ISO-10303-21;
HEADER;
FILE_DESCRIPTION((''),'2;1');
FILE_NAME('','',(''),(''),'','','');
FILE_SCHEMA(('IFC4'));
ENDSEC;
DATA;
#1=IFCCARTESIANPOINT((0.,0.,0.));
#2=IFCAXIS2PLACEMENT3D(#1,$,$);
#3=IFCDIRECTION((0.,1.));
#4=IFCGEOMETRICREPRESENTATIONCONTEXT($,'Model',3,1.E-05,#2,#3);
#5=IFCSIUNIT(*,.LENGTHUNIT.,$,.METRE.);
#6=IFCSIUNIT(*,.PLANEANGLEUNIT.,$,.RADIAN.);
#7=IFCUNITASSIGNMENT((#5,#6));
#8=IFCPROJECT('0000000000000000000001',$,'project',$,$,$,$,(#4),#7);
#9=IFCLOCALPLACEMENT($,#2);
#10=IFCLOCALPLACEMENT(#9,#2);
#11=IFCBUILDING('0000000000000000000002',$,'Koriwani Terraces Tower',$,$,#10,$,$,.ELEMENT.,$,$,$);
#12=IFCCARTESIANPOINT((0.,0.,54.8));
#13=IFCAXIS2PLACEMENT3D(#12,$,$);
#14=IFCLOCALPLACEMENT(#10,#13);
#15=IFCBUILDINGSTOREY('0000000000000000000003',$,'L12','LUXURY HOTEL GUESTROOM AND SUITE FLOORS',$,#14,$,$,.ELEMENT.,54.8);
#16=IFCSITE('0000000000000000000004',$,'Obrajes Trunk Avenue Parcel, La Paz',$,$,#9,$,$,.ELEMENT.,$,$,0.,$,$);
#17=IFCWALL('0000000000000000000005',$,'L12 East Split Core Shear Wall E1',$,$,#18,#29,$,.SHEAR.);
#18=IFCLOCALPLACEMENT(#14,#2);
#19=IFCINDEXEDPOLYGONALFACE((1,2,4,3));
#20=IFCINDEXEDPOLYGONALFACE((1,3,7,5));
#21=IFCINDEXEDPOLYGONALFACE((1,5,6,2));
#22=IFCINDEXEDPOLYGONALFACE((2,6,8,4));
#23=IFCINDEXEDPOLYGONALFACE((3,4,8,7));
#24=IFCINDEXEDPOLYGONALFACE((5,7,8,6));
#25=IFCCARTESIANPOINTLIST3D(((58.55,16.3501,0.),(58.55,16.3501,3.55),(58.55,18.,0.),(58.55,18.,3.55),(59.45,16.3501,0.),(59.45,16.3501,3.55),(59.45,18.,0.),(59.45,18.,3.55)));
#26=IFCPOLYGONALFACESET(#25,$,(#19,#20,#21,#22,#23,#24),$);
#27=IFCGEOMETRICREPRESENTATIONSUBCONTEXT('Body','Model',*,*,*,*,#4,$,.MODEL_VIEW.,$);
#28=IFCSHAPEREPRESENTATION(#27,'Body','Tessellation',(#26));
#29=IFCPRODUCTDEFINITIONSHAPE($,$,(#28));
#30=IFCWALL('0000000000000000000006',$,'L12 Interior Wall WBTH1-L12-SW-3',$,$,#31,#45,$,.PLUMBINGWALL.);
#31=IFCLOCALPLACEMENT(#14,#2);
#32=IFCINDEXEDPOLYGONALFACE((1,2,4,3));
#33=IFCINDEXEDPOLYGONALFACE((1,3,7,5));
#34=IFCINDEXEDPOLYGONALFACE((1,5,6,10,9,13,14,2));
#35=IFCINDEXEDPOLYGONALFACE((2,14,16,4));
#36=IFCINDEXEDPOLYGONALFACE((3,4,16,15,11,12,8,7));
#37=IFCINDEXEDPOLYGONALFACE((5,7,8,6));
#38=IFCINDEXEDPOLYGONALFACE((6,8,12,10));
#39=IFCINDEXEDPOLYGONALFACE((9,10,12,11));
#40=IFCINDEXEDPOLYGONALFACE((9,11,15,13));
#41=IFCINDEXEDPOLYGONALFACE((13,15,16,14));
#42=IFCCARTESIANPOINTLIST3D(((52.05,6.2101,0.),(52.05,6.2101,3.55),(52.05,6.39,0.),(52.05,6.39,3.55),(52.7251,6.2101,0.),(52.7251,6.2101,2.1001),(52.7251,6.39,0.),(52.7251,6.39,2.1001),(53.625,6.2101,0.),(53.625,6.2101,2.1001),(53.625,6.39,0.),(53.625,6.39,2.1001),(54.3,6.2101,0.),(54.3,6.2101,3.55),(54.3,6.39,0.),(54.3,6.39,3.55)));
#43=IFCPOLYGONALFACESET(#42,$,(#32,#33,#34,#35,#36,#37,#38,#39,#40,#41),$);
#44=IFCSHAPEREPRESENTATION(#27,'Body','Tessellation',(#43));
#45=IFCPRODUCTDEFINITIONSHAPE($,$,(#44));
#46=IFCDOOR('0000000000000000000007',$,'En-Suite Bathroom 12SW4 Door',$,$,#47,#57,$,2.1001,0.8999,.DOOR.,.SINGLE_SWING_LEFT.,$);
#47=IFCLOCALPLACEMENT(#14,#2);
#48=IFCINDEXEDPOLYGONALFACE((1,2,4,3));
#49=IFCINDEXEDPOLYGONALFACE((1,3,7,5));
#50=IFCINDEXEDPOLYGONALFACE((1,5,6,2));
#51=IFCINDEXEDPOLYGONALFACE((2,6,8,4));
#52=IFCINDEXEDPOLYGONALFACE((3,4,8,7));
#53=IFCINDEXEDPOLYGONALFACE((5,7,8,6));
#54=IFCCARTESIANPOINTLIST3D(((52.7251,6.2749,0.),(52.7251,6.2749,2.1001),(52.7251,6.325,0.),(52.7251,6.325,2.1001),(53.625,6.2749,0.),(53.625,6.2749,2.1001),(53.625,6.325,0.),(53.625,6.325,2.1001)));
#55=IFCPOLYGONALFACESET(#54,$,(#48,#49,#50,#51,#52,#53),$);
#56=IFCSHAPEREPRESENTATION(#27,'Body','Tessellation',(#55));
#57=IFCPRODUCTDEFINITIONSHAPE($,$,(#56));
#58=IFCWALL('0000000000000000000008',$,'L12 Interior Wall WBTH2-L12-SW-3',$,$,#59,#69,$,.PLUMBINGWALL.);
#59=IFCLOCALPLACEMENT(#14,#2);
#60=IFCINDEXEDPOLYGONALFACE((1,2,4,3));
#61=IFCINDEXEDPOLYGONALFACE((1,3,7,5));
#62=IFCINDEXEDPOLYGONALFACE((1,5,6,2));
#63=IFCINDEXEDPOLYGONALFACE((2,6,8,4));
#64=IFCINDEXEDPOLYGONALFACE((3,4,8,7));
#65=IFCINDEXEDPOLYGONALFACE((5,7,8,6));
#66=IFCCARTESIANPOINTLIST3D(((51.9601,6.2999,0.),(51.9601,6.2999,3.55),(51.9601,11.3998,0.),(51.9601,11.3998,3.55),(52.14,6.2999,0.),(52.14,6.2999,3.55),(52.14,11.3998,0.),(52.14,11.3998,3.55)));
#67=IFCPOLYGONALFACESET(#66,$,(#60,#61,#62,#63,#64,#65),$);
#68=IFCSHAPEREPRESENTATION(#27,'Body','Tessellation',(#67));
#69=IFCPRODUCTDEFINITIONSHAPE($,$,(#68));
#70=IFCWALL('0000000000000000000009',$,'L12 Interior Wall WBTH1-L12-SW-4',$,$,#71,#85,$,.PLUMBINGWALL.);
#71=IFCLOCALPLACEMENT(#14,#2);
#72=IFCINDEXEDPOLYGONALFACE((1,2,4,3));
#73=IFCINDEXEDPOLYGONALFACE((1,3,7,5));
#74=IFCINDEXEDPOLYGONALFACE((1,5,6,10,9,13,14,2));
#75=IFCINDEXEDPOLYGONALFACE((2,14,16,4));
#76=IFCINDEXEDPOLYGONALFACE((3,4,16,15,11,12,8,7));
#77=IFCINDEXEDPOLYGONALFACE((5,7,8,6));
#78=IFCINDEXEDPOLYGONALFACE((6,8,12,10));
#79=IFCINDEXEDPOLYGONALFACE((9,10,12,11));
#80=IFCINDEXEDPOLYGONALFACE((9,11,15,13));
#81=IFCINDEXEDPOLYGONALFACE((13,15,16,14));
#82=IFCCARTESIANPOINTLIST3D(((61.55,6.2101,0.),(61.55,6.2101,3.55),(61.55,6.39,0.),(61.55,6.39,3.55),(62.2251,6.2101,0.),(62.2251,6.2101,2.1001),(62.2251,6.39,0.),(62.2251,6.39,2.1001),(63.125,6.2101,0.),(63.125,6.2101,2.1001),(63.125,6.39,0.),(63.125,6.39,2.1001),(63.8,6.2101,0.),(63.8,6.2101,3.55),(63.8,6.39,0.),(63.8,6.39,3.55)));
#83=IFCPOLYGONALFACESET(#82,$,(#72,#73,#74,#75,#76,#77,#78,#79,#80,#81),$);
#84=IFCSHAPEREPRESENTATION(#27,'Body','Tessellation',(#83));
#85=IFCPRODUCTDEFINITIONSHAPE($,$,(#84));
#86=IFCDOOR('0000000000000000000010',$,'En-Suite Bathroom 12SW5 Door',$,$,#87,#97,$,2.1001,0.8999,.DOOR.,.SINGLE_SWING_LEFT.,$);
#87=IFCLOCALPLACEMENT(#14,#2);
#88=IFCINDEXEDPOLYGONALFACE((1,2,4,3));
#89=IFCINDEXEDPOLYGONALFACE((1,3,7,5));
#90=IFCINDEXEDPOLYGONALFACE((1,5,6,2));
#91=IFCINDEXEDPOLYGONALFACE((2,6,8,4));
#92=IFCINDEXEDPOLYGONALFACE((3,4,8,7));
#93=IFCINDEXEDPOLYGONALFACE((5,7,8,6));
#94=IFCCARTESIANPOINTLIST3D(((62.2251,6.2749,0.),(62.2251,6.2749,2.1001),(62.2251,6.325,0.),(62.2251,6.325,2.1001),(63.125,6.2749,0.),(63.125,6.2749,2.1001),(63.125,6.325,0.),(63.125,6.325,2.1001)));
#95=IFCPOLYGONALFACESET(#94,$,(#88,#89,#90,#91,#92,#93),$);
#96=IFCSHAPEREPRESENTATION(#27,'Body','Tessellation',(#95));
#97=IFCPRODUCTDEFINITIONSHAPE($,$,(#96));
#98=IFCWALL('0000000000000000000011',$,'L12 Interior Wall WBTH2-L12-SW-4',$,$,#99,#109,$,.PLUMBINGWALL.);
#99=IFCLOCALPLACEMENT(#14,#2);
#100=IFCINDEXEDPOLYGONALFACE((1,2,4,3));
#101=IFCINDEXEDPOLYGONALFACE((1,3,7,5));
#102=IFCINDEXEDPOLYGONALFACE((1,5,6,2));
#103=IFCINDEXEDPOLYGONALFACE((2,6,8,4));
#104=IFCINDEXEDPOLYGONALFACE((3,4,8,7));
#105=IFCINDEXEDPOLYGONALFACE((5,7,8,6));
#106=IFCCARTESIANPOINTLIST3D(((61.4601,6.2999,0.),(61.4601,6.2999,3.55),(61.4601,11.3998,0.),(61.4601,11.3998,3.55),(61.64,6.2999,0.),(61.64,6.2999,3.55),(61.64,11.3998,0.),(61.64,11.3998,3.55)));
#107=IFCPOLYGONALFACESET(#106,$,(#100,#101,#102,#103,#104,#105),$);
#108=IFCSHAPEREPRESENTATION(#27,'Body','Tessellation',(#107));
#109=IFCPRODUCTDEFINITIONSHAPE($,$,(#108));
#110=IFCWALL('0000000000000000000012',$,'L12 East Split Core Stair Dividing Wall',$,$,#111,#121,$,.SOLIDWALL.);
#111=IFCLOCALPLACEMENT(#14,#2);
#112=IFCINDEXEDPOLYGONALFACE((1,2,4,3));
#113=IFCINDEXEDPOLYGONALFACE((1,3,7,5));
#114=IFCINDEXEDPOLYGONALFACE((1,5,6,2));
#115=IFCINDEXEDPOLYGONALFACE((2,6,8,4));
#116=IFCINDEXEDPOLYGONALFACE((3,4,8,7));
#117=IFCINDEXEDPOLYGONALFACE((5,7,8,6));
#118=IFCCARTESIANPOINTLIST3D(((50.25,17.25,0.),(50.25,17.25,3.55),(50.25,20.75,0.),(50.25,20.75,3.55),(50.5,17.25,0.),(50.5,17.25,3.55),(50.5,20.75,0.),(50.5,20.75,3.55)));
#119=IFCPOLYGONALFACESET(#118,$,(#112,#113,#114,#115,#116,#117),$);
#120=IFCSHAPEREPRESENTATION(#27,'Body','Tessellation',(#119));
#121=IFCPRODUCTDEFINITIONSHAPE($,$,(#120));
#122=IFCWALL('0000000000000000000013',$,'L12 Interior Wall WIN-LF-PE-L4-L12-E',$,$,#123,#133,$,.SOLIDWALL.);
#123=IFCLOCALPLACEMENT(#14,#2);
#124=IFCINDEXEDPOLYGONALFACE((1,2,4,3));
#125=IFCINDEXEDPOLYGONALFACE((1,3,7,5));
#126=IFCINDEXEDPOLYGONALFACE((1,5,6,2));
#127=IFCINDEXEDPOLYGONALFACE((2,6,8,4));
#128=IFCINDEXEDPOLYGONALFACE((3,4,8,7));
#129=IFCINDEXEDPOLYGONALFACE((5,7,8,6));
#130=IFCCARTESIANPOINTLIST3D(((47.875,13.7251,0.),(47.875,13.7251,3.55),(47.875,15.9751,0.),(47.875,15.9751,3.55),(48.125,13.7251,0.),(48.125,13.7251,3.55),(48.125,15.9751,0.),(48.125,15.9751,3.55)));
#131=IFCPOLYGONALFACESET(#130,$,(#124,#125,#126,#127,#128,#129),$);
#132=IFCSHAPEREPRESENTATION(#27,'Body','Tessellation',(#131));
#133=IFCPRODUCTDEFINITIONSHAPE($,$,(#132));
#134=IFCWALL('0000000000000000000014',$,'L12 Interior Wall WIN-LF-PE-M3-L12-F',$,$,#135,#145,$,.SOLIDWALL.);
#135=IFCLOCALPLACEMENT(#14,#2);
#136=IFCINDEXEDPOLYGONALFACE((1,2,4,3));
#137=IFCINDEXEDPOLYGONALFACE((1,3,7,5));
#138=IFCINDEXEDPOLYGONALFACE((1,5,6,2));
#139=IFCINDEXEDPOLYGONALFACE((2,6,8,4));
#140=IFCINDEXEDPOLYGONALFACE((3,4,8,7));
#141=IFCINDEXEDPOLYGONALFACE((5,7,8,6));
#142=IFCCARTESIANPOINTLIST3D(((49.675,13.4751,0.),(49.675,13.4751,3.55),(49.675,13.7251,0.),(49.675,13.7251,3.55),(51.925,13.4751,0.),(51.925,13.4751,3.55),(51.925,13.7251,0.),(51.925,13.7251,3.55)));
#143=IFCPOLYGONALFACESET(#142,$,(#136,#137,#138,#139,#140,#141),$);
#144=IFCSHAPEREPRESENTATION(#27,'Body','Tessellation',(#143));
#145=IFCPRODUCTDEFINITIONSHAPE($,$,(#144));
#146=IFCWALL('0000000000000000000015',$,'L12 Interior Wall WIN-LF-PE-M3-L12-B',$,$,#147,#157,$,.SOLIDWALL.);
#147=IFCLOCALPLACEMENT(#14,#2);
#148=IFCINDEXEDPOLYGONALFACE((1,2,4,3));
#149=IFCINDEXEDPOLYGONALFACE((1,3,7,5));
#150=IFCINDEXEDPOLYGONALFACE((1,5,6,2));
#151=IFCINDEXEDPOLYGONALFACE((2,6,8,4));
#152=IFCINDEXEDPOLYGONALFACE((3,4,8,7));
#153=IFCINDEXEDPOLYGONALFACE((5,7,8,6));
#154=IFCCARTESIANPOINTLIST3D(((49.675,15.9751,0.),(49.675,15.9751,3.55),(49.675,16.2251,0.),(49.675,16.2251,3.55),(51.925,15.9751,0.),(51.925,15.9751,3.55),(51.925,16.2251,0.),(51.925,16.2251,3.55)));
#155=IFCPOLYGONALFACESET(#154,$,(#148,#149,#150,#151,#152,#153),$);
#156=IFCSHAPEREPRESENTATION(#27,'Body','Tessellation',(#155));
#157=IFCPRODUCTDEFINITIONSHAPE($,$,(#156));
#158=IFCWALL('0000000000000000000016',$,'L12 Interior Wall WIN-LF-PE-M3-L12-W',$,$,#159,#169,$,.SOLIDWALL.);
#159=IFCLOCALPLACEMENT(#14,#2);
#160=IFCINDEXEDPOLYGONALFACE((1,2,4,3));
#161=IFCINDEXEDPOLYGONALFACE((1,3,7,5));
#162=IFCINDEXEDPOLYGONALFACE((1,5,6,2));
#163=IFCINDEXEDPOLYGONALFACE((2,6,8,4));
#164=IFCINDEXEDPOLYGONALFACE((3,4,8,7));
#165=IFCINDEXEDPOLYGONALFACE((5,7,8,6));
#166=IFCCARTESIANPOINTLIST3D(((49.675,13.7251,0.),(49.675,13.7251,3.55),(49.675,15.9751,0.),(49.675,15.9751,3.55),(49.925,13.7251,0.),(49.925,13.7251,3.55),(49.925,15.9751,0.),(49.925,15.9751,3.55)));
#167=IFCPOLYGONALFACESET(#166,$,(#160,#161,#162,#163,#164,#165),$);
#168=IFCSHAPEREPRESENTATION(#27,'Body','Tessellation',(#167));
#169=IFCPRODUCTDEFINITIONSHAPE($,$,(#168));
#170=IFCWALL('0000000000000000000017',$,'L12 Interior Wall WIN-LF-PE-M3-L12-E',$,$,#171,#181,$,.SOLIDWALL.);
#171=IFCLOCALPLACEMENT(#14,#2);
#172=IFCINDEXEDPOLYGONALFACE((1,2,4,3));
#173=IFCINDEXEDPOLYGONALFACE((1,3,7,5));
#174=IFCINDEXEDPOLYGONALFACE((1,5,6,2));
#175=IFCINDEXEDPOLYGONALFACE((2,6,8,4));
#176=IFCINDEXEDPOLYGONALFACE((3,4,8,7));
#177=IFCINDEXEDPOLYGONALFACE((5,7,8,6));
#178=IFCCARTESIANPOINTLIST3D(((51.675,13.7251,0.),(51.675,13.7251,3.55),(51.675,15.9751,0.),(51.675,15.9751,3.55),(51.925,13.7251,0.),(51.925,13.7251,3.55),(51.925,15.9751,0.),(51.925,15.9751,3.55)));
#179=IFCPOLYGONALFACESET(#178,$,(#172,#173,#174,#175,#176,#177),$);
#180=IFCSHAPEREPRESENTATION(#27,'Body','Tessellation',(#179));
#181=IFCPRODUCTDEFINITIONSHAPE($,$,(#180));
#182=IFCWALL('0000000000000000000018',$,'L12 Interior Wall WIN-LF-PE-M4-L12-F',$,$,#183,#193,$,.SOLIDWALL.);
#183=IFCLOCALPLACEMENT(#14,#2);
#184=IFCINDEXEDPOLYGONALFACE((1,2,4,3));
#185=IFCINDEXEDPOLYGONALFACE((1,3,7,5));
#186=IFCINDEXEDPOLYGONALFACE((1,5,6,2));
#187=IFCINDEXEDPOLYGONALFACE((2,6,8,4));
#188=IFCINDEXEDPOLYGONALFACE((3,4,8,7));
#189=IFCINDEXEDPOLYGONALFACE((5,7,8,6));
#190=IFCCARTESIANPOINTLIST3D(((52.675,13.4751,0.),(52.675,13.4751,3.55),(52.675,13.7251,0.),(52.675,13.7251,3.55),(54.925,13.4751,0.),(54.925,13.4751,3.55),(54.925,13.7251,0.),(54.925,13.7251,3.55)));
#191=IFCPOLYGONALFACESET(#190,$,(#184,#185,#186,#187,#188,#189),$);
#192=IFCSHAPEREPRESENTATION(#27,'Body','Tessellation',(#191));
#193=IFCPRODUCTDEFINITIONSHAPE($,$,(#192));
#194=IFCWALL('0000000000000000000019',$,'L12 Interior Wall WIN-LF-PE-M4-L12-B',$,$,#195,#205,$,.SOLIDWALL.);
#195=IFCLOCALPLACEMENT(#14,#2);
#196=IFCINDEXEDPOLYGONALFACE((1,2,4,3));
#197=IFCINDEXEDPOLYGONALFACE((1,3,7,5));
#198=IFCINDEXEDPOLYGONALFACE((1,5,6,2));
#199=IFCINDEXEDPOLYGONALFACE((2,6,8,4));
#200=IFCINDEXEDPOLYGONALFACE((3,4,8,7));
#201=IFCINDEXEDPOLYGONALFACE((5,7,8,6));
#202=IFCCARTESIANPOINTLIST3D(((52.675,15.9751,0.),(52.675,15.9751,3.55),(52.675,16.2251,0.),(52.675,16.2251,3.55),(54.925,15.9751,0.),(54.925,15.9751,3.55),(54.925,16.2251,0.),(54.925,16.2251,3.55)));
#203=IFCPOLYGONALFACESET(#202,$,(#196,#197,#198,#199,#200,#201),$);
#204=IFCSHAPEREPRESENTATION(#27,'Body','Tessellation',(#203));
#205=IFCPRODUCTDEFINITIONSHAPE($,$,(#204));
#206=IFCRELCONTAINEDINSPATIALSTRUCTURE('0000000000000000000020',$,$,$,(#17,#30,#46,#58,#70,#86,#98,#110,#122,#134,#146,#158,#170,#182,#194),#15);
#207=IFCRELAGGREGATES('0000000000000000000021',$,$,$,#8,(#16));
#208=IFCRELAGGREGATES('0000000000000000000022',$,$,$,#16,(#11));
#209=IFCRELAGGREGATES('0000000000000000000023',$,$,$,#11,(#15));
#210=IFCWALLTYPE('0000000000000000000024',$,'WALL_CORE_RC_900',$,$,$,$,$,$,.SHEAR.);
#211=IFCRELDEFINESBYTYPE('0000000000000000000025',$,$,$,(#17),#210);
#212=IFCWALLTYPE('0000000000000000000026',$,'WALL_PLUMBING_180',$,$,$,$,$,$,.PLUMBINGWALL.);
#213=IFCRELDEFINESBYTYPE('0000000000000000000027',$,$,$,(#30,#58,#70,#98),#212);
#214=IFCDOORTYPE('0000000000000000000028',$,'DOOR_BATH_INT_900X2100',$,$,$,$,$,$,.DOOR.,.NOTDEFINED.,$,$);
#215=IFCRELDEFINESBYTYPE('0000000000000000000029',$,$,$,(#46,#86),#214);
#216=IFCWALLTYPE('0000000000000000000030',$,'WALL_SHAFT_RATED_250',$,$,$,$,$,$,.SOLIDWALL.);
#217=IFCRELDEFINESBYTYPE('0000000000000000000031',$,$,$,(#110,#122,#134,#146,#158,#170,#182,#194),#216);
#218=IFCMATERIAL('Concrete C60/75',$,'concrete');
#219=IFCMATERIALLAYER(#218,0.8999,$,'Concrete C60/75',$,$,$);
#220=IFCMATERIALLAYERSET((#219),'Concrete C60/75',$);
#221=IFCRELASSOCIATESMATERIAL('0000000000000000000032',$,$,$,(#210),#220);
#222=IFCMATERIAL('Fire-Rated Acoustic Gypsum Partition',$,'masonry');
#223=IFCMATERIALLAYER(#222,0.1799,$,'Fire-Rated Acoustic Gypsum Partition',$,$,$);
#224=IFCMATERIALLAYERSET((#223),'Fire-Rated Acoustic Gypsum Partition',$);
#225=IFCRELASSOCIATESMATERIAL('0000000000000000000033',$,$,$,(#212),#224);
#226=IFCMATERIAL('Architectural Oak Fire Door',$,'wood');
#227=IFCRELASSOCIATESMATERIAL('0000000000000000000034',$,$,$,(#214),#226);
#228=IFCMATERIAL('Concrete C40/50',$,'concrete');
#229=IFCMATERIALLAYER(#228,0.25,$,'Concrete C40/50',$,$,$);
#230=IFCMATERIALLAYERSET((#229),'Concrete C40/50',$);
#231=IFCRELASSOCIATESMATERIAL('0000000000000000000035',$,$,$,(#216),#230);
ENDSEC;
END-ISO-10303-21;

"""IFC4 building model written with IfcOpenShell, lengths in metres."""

from ifc_helpers import new_model, si_unit, direction, frame, frame_2d, origin, place, context, subcontext, project, spatial, rectangle, extrude, material, layer, layer_set, type_object, element, fill, save


model = new_model("IFC4")

# Units and contexts
model_context = context("Model", 3, precision=1e-05, world=origin(), true_north=direction((0.0, 1.0)))
body_context = subcontext(model_context, "Body", "Model", "MODEL_VIEW")
ifc_project = project(units=[si_unit("LENGTHUNIT", "METRE"), si_unit("PLANEANGLEUNIT", "RADIAN")], contexts=[model_context])

# Site, building, storey
site_placement = place(None, origin())
site = spatial("IfcSite", under=ifc_project, at=site_placement, Name="Obrajes Trunk Avenue Parcel, La Paz", CompositionType="ELEMENT", RefElevation=0.0)
building_placement = place(site_placement, origin())
building = spatial("IfcBuilding", under=site, at=building_placement, Name="Koriwani Terraces Tower", CompositionType="ELEMENT")
storey_placement = place(building_placement, frame((0.0, 0.0, 54.8)))
storey = spatial("IfcBuildingStorey", under=building, at=storey_placement, Name="L12", Description="LUXURY HOTEL GUESTROOM AND SUITE FLOORS", CompositionType="ELEMENT", Elevation=54.8)

# Shared definitions
ifc_material_1 = material(Name="Concrete C60/75", Category="concrete")

# Shared definitions
ifc_material_2 = material(Name="Concrete C40/50", Category="concrete")

# Wall
ifc_layer_1 = layer(ifc_material_1, 0.8999, Name="Concrete C60/75")
ifc_layer_set_1 = layer_set([ifc_layer_1], Name="Concrete C60/75")
wall_type_1 = type_object("IfcWallType", Name="WALL_CORE_RC_900", PredefinedType="SHEAR", material=ifc_layer_set_1)
wall_1_placement = place(storey_placement, frame((59.0, 16.3501, 0.0), z_axis=(0.0, 0.0, 1.0), x_axis=(0.0, 1.0, 0.0)))
element("IfcWall", 1, at=wall_1_placement, inside=storey, type_object=wall_type_1, Name="L12 East Split Core Shear Wall E1", PredefinedType="SHEAR", context=body_context, shape_type="SweptSolid", body=[
    extrude(rectangle(XDim=1.6499, YDim=0.8999, at=frame_2d((0.825, 0.0))), origin(), (0.0, 0.0, 1.0), 3.55),
])

# Wall, opening, door
ifc_material_3 = material(Name="Fire-Rated Acoustic Gypsum Partition", Category="masonry")
ifc_layer_2 = layer(ifc_material_3, 0.1799, Name="Fire-Rated Acoustic Gypsum Partition")
ifc_layer_set_2 = layer_set([ifc_layer_2], Name="Fire-Rated Acoustic Gypsum Partition")
wall_type_2 = type_object("IfcWallType", Name="WALL_PLUMBING_180", PredefinedType="PLUMBINGWALL", material=ifc_layer_set_2)
wall_2_placement = place(storey_placement, frame((52.05, 6.3, 0.0), z_axis=(0.0, 0.0, 1.0), x_axis=(1.0, 0.0, 0.0)))
wall_2 = element("IfcWall", 2, at=wall_2_placement, inside=storey, type_object=wall_type_2, Name="L12 Interior Wall WBTH1-L12-SW-3", PredefinedType="PLUMBINGWALL", context=body_context, shape_type="SweptSolid", body=[
    extrude(rectangle(XDim=2.25, YDim=0.1799, at=frame_2d((1.125, 0.0))), origin(), (0.0, 0.0, 1.0), 3.55),
])
opening_1_placement = place(wall_2_placement, frame((0.675, 0.0, 0.0)))
opening_1 = element("IfcOpeningElement", 3, at=opening_1_placement, cuts=wall_2, PredefinedType="OPENING", context=body_context, shape_type="SweptSolid", body=[
    extrude(rectangle(XDim=0.8999, YDim=2.1001, at=frame_2d((0.45, 1.05))), frame((0.0, 0.1001, 0.0), z_axis=(0.0, -1.0, 0.0), x_axis=(1.0, 0.0, 0.0)), (0.0, 0.0, 1.0), 0.2),
])
ifc_material_4 = material(Name="Architectural Oak Fire Door", Category="wood")
door_type = type_object("IfcDoorType", Name="DOOR_BATH_INT_900X2100", OperationType="NOTDEFINED", PredefinedType="DOOR", material=ifc_material_4)
door_1_placement = place(opening_1_placement, origin())
door_1 = element("IfcDoor", 4, at=door_1_placement, inside=storey, type_object=door_type, Name="En-Suite Bathroom 12SW4 Door", OperationType="SINGLE_SWING_LEFT", OverallHeight=2.1001, OverallWidth=0.8999, PredefinedType="DOOR", context=body_context, shape_type="SweptSolid", body=[
    extrude(rectangle(XDim=0.8999, YDim=2.1001, at=frame_2d((0.45, 1.05))), frame((0.0, 0.0249, 0.0), z_axis=(0.0, -1.0, 0.0), x_axis=(1.0, 0.0, 0.0)), (0.0, 0.0, 1.0), 0.05),
])
fill(opening_1, door_1)

# Wall
wall_3_placement = place(storey_placement, frame((52.05, 6.3, 0.0), z_axis=(0.0, 0.0, 1.0), x_axis=(0.0, 1.0, 0.0)))
element("IfcWall", 5, at=wall_3_placement, inside=storey, type_object=wall_type_2, Name="L12 Interior Wall WBTH2-L12-SW-3", PredefinedType="PLUMBINGWALL", context=body_context, shape_type="SweptSolid", body=[
    extrude(rectangle(XDim=5.0999, YDim=0.1799, at=frame_2d((2.5498, 0.0))), origin(), (0.0, 0.0, 1.0), 3.55),
])

# Wall, opening, door
wall_4_placement = place(storey_placement, frame((61.55, 6.3, 0.0), z_axis=(0.0, 0.0, 1.0), x_axis=(1.0, 0.0, 0.0)))
wall_4 = element("IfcWall", 6, at=wall_4_placement, inside=storey, type_object=wall_type_2, Name="L12 Interior Wall WBTH1-L12-SW-4", PredefinedType="PLUMBINGWALL", context=body_context, shape_type="SweptSolid", body=[
    extrude(rectangle(XDim=2.25, YDim=0.1799, at=frame_2d((1.125, 0.0))), origin(), (0.0, 0.0, 1.0), 3.55),
])
opening_2_placement = place(wall_4_placement, frame((0.675, 0.0, 0.0)))
opening_2 = element("IfcOpeningElement", 7, at=opening_2_placement, cuts=wall_4, PredefinedType="OPENING", context=body_context, shape_type="SweptSolid", body=[
    extrude(rectangle(XDim=0.8999, YDim=2.1001, at=frame_2d((0.45, 1.05))), frame((0.0, 0.1001, 0.0), z_axis=(0.0, -1.0, 0.0), x_axis=(1.0, 0.0, 0.0)), (0.0, 0.0, 1.0), 0.2),
])
door_2_placement = place(opening_2_placement, origin())
door_2 = element("IfcDoor", 8, at=door_2_placement, inside=storey, type_object=door_type, Name="En-Suite Bathroom 12SW5 Door", OperationType="SINGLE_SWING_LEFT", OverallHeight=2.1001, OverallWidth=0.8999, PredefinedType="DOOR", context=body_context, shape_type="SweptSolid", body=[
    extrude(rectangle(XDim=0.8999, YDim=2.1001, at=frame_2d((0.45, 1.05))), frame((0.0, 0.0249, 0.0), z_axis=(0.0, -1.0, 0.0), x_axis=(1.0, 0.0, 0.0)), (0.0, 0.0, 1.0), 0.05),
])
fill(opening_2, door_2)

# Walls
wall_5_placement = place(storey_placement, frame((61.55, 6.3, 0.0), z_axis=(0.0, 0.0, 1.0), x_axis=(0.0, 1.0, 0.0)))
element("IfcWall", 9, at=wall_5_placement, inside=storey, type_object=wall_type_2, Name="L12 Interior Wall WBTH2-L12-SW-4", PredefinedType="PLUMBINGWALL", context=body_context, shape_type="SweptSolid", body=[
    extrude(rectangle(XDim=5.0999, YDim=0.1799, at=frame_2d((2.5498, 0.0))), origin(), (0.0, 0.0, 1.0), 3.55),
])
ifc_layer_3 = layer(ifc_material_2, 0.25, Name="Concrete C40/50")
ifc_layer_set_3 = layer_set([ifc_layer_3], Name="Concrete C40/50")
wall_type_3 = type_object("IfcWallType", Name="WALL_SHAFT_RATED_250", PredefinedType="SOLIDWALL", material=ifc_layer_set_3)
wall_6_placement = place(storey_placement, frame((50.375, 17.25, 0.0), z_axis=(0.0, 0.0, 1.0), x_axis=(0.0, 1.0, 0.0)))
element("IfcWall", 10, at=wall_6_placement, inside=storey, type_object=wall_type_3, Name="L12 East Split Core Stair Dividing Wall", PredefinedType="SOLIDWALL", context=body_context, shape_type="SweptSolid", body=[
    extrude(rectangle(XDim=3.5, YDim=0.25, at=frame_2d((1.75, 0.0))), origin(), (0.0, 0.0, 1.0), 3.55),
])
for number, where, z_axis, x_axis, name in (
    (11, (48.0, 13.7251, 0.0), (0.0, 0.0, 1.0), (0.0, 1.0, 0.0), "L12 Interior Wall WIN-LF-PE-L4-L12-E"),
    (12, (49.675, 13.6001, 0.0), (0.0, 0.0, 1.0), (1.0, 0.0, 0.0), "L12 Interior Wall WIN-LF-PE-M3-L12-F"),
    (13, (49.675, 16.1001, 0.0), (0.0, 0.0, 1.0), (1.0, 0.0, 0.0), "L12 Interior Wall WIN-LF-PE-M3-L12-B"),
    (14, (49.8, 13.7251, 0.0), (0.0, 0.0, 1.0), (0.0, 1.0, 0.0), "L12 Interior Wall WIN-LF-PE-M3-L12-W"),
    (15, (51.8, 13.7251, 0.0), (0.0, 0.0, 1.0), (0.0, 1.0, 0.0), "L12 Interior Wall WIN-LF-PE-M3-L12-E"),
    (16, (52.675, 13.6001, 0.0), (0.0, 0.0, 1.0), (1.0, 0.0, 0.0), "L12 Interior Wall WIN-LF-PE-M4-L12-F"),
    (17, (52.675, 16.1001, 0.0), (0.0, 0.0, 1.0), (1.0, 0.0, 0.0), "L12 Interior Wall WIN-LF-PE-M4-L12-B"),
):
    element("IfcWall", number, at=place(storey_placement, frame(where, z_axis=z_axis, x_axis=x_axis)), inside=storey, type_object=wall_type_3, Name=name, PredefinedType="SOLIDWALL", context=body_context, shape_type="SweptSolid", body=[
        extrude(rectangle(XDim=2.25, YDim=0.25, at=frame_2d((1.125, 0.0))), origin(), (0.0, 0.0, 1.0), 3.55),
    ])

save(model, "model.ifc")
